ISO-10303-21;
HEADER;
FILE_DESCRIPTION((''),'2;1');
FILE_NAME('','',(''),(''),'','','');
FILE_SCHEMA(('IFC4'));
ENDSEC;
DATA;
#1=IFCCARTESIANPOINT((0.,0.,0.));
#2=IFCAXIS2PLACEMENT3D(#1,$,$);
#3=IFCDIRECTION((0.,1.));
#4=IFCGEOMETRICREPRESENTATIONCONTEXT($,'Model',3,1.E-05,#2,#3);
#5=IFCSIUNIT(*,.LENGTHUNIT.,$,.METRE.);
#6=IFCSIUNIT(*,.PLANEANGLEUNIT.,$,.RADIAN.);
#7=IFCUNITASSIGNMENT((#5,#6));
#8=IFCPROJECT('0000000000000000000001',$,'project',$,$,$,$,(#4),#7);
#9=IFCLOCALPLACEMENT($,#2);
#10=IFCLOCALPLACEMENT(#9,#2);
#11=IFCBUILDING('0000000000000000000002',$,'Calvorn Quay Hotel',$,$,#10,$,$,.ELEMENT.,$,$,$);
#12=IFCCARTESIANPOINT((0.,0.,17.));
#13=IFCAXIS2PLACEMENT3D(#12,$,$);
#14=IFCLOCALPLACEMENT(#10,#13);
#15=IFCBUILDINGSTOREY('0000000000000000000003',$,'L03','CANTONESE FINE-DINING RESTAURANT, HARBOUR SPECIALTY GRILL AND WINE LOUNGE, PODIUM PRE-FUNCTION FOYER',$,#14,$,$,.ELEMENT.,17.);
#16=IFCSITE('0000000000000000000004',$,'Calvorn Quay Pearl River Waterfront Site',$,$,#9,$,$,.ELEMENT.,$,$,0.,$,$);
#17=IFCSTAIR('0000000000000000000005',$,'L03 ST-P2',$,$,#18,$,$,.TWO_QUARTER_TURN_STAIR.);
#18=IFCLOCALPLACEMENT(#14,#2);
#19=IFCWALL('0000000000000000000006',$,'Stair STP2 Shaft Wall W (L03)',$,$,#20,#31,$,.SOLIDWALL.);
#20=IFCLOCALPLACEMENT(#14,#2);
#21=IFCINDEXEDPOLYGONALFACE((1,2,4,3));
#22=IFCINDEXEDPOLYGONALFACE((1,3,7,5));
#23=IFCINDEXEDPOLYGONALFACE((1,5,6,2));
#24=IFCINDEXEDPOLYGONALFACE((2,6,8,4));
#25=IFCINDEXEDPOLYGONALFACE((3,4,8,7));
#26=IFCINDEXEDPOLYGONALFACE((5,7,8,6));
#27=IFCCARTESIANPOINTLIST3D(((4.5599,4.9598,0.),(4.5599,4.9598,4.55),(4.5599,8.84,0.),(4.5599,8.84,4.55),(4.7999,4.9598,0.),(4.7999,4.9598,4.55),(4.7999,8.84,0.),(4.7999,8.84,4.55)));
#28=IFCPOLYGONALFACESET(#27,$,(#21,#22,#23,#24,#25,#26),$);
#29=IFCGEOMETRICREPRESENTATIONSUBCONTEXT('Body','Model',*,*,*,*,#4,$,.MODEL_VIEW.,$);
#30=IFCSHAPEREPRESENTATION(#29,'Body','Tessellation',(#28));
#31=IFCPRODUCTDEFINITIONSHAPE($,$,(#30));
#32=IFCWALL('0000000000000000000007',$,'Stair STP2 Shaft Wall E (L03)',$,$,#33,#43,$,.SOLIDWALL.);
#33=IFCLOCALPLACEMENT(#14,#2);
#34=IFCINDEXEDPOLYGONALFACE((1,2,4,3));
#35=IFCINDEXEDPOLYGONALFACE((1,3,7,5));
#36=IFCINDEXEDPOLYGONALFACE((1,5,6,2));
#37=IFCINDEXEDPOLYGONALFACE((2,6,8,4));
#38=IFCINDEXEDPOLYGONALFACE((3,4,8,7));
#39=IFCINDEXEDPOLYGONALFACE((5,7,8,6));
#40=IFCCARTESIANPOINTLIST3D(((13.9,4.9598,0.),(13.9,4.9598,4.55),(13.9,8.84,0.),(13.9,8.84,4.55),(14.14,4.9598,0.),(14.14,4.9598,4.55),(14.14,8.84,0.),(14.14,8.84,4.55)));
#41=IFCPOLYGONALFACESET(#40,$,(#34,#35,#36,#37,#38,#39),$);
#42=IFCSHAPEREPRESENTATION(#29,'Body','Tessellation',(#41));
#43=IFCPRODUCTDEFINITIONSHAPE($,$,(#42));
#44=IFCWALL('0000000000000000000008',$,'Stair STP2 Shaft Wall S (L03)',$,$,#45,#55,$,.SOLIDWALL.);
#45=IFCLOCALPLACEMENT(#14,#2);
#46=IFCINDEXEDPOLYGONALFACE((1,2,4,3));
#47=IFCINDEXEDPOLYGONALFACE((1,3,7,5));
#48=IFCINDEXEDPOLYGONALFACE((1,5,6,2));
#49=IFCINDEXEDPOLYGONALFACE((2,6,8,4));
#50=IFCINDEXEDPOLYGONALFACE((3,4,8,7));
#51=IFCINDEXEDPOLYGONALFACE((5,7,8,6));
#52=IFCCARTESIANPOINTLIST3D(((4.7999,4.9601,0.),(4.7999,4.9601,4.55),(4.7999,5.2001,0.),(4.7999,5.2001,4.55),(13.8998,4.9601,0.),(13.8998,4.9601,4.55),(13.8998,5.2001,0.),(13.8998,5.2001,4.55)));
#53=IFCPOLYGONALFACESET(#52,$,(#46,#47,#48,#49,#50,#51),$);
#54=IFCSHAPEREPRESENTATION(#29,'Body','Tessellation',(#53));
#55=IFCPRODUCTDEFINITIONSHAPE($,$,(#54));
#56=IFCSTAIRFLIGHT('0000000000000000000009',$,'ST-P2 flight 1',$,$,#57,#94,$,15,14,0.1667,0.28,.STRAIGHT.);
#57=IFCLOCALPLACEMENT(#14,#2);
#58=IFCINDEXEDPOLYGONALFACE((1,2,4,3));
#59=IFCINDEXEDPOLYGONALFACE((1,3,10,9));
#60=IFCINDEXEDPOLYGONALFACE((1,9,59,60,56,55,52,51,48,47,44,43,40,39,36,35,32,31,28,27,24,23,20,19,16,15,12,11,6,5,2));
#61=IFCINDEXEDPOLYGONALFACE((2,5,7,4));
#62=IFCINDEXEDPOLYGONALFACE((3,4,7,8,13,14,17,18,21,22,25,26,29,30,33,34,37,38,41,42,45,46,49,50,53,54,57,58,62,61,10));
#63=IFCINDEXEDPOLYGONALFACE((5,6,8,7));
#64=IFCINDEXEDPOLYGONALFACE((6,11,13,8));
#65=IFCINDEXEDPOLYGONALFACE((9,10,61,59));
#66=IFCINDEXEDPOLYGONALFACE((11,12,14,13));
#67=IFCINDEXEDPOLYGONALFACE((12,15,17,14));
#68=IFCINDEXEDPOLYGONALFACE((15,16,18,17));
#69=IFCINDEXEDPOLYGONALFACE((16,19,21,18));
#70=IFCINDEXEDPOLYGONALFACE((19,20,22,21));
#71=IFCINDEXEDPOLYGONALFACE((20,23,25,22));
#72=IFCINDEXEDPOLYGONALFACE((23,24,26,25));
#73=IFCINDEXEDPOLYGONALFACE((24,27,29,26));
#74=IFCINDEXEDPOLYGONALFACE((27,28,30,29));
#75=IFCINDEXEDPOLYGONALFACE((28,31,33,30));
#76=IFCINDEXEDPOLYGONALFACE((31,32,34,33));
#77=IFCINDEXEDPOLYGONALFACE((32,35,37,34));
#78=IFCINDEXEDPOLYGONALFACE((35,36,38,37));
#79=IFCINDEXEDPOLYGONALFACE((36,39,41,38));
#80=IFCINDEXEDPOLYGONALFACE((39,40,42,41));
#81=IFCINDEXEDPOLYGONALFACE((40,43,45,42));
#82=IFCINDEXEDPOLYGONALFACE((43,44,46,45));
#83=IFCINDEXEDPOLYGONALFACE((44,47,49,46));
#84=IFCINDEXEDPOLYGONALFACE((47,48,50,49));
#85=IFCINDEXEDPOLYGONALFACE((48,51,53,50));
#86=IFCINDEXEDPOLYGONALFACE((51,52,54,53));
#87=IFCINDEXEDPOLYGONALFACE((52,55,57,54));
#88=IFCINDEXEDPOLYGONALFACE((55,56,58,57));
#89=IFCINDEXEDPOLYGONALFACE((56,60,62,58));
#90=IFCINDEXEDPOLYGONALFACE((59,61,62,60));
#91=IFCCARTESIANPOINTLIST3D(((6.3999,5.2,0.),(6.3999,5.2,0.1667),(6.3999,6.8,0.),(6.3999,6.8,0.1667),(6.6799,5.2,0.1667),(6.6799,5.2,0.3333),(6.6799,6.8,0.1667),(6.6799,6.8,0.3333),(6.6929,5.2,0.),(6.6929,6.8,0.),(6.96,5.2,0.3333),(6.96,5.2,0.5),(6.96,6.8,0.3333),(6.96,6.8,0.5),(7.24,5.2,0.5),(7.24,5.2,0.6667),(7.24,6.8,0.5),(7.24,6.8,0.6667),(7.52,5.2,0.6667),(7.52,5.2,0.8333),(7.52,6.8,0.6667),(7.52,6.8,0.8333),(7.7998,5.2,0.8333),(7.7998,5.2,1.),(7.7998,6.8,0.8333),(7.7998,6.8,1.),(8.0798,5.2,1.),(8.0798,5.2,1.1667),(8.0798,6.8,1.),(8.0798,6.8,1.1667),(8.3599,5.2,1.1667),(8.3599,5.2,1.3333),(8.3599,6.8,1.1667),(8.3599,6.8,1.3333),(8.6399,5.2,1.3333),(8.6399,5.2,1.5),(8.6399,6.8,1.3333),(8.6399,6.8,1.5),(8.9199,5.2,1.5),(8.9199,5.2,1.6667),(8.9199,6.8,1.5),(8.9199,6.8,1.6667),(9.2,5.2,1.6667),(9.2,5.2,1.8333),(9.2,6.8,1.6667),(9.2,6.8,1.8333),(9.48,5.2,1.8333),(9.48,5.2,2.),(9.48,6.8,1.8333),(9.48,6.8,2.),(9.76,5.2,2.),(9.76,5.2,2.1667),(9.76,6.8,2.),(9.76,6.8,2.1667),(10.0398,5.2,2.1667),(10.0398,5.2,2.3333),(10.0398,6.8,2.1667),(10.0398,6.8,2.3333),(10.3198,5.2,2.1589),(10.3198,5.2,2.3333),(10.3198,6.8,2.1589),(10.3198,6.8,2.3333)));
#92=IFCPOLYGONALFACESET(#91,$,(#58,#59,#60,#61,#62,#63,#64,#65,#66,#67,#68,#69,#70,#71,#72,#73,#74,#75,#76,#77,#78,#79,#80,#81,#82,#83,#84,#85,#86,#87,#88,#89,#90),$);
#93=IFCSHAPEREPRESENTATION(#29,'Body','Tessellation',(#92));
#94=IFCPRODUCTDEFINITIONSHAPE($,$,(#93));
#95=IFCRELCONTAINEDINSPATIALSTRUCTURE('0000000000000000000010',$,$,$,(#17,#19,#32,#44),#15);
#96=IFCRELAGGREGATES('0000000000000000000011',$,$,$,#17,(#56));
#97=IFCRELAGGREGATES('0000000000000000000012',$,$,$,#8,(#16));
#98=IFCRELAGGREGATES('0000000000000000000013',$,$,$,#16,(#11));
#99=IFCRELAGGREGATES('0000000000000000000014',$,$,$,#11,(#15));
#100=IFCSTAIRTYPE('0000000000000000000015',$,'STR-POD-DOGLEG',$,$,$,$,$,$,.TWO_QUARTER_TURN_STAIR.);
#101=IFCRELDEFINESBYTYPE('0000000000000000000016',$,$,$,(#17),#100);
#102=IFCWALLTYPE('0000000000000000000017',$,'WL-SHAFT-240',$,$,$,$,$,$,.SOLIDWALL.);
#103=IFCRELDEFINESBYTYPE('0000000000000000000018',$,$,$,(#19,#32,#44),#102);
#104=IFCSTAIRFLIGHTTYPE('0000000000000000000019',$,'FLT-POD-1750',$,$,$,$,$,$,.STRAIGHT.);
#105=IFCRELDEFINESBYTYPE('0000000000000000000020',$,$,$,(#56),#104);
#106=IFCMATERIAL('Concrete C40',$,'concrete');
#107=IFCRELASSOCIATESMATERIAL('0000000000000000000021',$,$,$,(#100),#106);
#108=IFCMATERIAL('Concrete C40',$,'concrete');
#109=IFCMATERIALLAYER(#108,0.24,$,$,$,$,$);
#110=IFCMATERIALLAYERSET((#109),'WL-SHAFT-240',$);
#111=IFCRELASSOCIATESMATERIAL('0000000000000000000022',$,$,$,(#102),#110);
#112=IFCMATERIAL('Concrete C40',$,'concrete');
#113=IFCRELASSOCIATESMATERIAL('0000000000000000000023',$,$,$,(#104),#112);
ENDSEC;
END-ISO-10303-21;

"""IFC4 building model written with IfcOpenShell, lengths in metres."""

from ifc_helpers import new_model, si_unit, direction, frame, frame_2d, origin, place, context, subcontext, project, spatial, polyline, rectangle, outline, extrude, material, layer, layer_set, type_object, element, aggregate, save


model = new_model("IFC4")

# Units and contexts
model_context = context("Model", 3, precision=1e-05, world=origin(), true_north=direction((0.0, 1.0)))
body_context = subcontext(model_context, "Body", "Model", "MODEL_VIEW")
ifc_project = project(units=[si_unit("LENGTHUNIT", "METRE"), si_unit("PLANEANGLEUNIT", "RADIAN")], contexts=[model_context])

# Site, building, storey
site_placement = place(None, origin())
site = spatial("IfcSite", under=ifc_project, at=site_placement, Name="Calvorn Quay Pearl River Waterfront Site", CompositionType="ELEMENT", RefElevation=0.0)
building_placement = place(site_placement, origin())
building = spatial("IfcBuilding", under=site, at=building_placement, Name="Calvorn Quay Hotel", CompositionType="ELEMENT")
storey_placement = place(building_placement, frame((0.0, 0.0, 17.0)))
storey = spatial("IfcBuildingStorey", under=building, at=storey_placement, Name="L03", Description="CANTONESE FINE-DINING RESTAURANT, HARBOUR SPECIALTY GRILL AND WINE LOUNGE, PODIUM PRE-FUNCTION FOYER", CompositionType="ELEMENT", Elevation=17.0)

# Stair
ifc_material_1 = material(Name="Concrete C40", Category="concrete")
stair_type_1 = type_object("IfcStairType", Name="STR-POD-DOGLEG", PredefinedType="TWO_QUARTER_TURN_STAIR", material=ifc_material_1)
stair_1_placement = place(storey_placement, origin())
stair_1 = element("IfcStair", 1, at=stair_1_placement, inside=storey, type_object=stair_type_1, Name="L03 ST-P2", PredefinedType="TWO_QUARTER_TURN_STAIR")

# Walls
ifc_material_2 = material(Name="Concrete C40", Category="concrete")
ifc_layer_1 = layer(ifc_material_2, 0.24)
ifc_layer_set_1 = layer_set([ifc_layer_1], Name="WL-SHAFT-240")
wall_type_1 = type_object("IfcWallType", Name="WL-SHAFT-240", PredefinedType="SOLIDWALL", material=ifc_layer_set_1)
for number, where, z_axis, x_axis, name in (
    (2, (4.6799, 4.96, 0.0), (0.0, 0.0, 1.0), (0.0, 1.0, 0.0), "Stair STP2 Shaft Wall W (L03)"),
    (3, (14.02, 4.96, 0.0), (0.0, 0.0, 1.0), (0.0, 1.0, 0.0), "Stair STP2 Shaft Wall E (L03)"),
):
    element("IfcWall", number, at=place(storey_placement, frame(where, z_axis=z_axis, x_axis=x_axis)), inside=storey, type_object=wall_type_1, Name=name, PredefinedType="SOLIDWALL", context=body_context, shape_type="SweptSolid", body=[
        extrude(rectangle(XDim=3.8801, YDim=0.24, at=frame_2d((1.9399, 0.0))), origin(), (0.0, 0.0, 1.0), 4.55),
    ])
wall_placement = place(storey_placement, frame((4.8, 5.0801, 0.0), z_axis=(0.0, 0.0, 1.0), x_axis=(1.0, 0.0, 0.0)))
element("IfcWall", 4, at=wall_placement, inside=storey, type_object=wall_type_1, Name="Stair STP2 Shaft Wall S (L03)", PredefinedType="SOLIDWALL", context=body_context, shape_type="SweptSolid", body=[
    extrude(rectangle(XDim=9.0999, YDim=0.24, at=frame_2d((4.5498, 0.0))), origin(), (0.0, 0.0, 1.0), 4.55),
])

# Stair flight
ifc_material_3 = material(Name="Concrete C40", Category="concrete")
stair_flight_type = type_object("IfcStairFlightType", Name="FLT-POD-1750", PredefinedType="STRAIGHT", material=ifc_material_3)
stair_flight_placement = place(storey_placement, frame((6.3999, 6.0, 0.0), z_axis=(0.0, 0.0, 1.0), x_axis=(1.0, 0.0, 0.0)))
stair_flight = element("IfcStairFlight", 5, at=stair_flight_placement, type_object=stair_flight_type, Name="ST-P2 flight 1", NumberOfRisers=15, NumberOfTreads=14, PredefinedType="STRAIGHT", RiserHeight=0.1667, TreadLength=0.28, context=body_context, shape_type="SweptSolid", body=[
    extrude(outline(polyline([(0.0, 0.0), (0.0, 0.1667), (0.28, 0.1667), (0.28, 0.3333), (0.5601, 0.3333), (0.5601, 0.5), (0.8401, 0.5), (0.8401, 0.6667), (1.1201, 0.6667), (1.1201, 0.8333), (1.3999, 0.8333), (1.3999, 1.0), (1.6799, 1.0), (1.6799, 1.1667), (1.96, 1.1667), (1.96, 1.3333), (2.24, 1.3333), (2.24, 1.5), (2.52, 1.5), (2.52, 1.6667), (2.8, 1.6667), (2.8, 1.8333), (3.0801, 1.8333), (3.0801, 2.0), (3.3601, 2.0), (3.3601, 2.1667), (3.6399, 2.1667), (3.6399, 2.3333), (3.9199, 2.3333), (3.9199, 2.5), (3.9199, 2.1589), (0.293, 0.0), (0.0, 0.0)])), frame((0.0, 0.8, 0.0), z_axis=(0.0, -1.0, 0.0), x_axis=(1.0, 0.0, 0.0)), (0.0, 0.0, 1.0), 1.6001),
])
aggregate(stair_1, [stair_flight])

save(model, "model.ifc")
